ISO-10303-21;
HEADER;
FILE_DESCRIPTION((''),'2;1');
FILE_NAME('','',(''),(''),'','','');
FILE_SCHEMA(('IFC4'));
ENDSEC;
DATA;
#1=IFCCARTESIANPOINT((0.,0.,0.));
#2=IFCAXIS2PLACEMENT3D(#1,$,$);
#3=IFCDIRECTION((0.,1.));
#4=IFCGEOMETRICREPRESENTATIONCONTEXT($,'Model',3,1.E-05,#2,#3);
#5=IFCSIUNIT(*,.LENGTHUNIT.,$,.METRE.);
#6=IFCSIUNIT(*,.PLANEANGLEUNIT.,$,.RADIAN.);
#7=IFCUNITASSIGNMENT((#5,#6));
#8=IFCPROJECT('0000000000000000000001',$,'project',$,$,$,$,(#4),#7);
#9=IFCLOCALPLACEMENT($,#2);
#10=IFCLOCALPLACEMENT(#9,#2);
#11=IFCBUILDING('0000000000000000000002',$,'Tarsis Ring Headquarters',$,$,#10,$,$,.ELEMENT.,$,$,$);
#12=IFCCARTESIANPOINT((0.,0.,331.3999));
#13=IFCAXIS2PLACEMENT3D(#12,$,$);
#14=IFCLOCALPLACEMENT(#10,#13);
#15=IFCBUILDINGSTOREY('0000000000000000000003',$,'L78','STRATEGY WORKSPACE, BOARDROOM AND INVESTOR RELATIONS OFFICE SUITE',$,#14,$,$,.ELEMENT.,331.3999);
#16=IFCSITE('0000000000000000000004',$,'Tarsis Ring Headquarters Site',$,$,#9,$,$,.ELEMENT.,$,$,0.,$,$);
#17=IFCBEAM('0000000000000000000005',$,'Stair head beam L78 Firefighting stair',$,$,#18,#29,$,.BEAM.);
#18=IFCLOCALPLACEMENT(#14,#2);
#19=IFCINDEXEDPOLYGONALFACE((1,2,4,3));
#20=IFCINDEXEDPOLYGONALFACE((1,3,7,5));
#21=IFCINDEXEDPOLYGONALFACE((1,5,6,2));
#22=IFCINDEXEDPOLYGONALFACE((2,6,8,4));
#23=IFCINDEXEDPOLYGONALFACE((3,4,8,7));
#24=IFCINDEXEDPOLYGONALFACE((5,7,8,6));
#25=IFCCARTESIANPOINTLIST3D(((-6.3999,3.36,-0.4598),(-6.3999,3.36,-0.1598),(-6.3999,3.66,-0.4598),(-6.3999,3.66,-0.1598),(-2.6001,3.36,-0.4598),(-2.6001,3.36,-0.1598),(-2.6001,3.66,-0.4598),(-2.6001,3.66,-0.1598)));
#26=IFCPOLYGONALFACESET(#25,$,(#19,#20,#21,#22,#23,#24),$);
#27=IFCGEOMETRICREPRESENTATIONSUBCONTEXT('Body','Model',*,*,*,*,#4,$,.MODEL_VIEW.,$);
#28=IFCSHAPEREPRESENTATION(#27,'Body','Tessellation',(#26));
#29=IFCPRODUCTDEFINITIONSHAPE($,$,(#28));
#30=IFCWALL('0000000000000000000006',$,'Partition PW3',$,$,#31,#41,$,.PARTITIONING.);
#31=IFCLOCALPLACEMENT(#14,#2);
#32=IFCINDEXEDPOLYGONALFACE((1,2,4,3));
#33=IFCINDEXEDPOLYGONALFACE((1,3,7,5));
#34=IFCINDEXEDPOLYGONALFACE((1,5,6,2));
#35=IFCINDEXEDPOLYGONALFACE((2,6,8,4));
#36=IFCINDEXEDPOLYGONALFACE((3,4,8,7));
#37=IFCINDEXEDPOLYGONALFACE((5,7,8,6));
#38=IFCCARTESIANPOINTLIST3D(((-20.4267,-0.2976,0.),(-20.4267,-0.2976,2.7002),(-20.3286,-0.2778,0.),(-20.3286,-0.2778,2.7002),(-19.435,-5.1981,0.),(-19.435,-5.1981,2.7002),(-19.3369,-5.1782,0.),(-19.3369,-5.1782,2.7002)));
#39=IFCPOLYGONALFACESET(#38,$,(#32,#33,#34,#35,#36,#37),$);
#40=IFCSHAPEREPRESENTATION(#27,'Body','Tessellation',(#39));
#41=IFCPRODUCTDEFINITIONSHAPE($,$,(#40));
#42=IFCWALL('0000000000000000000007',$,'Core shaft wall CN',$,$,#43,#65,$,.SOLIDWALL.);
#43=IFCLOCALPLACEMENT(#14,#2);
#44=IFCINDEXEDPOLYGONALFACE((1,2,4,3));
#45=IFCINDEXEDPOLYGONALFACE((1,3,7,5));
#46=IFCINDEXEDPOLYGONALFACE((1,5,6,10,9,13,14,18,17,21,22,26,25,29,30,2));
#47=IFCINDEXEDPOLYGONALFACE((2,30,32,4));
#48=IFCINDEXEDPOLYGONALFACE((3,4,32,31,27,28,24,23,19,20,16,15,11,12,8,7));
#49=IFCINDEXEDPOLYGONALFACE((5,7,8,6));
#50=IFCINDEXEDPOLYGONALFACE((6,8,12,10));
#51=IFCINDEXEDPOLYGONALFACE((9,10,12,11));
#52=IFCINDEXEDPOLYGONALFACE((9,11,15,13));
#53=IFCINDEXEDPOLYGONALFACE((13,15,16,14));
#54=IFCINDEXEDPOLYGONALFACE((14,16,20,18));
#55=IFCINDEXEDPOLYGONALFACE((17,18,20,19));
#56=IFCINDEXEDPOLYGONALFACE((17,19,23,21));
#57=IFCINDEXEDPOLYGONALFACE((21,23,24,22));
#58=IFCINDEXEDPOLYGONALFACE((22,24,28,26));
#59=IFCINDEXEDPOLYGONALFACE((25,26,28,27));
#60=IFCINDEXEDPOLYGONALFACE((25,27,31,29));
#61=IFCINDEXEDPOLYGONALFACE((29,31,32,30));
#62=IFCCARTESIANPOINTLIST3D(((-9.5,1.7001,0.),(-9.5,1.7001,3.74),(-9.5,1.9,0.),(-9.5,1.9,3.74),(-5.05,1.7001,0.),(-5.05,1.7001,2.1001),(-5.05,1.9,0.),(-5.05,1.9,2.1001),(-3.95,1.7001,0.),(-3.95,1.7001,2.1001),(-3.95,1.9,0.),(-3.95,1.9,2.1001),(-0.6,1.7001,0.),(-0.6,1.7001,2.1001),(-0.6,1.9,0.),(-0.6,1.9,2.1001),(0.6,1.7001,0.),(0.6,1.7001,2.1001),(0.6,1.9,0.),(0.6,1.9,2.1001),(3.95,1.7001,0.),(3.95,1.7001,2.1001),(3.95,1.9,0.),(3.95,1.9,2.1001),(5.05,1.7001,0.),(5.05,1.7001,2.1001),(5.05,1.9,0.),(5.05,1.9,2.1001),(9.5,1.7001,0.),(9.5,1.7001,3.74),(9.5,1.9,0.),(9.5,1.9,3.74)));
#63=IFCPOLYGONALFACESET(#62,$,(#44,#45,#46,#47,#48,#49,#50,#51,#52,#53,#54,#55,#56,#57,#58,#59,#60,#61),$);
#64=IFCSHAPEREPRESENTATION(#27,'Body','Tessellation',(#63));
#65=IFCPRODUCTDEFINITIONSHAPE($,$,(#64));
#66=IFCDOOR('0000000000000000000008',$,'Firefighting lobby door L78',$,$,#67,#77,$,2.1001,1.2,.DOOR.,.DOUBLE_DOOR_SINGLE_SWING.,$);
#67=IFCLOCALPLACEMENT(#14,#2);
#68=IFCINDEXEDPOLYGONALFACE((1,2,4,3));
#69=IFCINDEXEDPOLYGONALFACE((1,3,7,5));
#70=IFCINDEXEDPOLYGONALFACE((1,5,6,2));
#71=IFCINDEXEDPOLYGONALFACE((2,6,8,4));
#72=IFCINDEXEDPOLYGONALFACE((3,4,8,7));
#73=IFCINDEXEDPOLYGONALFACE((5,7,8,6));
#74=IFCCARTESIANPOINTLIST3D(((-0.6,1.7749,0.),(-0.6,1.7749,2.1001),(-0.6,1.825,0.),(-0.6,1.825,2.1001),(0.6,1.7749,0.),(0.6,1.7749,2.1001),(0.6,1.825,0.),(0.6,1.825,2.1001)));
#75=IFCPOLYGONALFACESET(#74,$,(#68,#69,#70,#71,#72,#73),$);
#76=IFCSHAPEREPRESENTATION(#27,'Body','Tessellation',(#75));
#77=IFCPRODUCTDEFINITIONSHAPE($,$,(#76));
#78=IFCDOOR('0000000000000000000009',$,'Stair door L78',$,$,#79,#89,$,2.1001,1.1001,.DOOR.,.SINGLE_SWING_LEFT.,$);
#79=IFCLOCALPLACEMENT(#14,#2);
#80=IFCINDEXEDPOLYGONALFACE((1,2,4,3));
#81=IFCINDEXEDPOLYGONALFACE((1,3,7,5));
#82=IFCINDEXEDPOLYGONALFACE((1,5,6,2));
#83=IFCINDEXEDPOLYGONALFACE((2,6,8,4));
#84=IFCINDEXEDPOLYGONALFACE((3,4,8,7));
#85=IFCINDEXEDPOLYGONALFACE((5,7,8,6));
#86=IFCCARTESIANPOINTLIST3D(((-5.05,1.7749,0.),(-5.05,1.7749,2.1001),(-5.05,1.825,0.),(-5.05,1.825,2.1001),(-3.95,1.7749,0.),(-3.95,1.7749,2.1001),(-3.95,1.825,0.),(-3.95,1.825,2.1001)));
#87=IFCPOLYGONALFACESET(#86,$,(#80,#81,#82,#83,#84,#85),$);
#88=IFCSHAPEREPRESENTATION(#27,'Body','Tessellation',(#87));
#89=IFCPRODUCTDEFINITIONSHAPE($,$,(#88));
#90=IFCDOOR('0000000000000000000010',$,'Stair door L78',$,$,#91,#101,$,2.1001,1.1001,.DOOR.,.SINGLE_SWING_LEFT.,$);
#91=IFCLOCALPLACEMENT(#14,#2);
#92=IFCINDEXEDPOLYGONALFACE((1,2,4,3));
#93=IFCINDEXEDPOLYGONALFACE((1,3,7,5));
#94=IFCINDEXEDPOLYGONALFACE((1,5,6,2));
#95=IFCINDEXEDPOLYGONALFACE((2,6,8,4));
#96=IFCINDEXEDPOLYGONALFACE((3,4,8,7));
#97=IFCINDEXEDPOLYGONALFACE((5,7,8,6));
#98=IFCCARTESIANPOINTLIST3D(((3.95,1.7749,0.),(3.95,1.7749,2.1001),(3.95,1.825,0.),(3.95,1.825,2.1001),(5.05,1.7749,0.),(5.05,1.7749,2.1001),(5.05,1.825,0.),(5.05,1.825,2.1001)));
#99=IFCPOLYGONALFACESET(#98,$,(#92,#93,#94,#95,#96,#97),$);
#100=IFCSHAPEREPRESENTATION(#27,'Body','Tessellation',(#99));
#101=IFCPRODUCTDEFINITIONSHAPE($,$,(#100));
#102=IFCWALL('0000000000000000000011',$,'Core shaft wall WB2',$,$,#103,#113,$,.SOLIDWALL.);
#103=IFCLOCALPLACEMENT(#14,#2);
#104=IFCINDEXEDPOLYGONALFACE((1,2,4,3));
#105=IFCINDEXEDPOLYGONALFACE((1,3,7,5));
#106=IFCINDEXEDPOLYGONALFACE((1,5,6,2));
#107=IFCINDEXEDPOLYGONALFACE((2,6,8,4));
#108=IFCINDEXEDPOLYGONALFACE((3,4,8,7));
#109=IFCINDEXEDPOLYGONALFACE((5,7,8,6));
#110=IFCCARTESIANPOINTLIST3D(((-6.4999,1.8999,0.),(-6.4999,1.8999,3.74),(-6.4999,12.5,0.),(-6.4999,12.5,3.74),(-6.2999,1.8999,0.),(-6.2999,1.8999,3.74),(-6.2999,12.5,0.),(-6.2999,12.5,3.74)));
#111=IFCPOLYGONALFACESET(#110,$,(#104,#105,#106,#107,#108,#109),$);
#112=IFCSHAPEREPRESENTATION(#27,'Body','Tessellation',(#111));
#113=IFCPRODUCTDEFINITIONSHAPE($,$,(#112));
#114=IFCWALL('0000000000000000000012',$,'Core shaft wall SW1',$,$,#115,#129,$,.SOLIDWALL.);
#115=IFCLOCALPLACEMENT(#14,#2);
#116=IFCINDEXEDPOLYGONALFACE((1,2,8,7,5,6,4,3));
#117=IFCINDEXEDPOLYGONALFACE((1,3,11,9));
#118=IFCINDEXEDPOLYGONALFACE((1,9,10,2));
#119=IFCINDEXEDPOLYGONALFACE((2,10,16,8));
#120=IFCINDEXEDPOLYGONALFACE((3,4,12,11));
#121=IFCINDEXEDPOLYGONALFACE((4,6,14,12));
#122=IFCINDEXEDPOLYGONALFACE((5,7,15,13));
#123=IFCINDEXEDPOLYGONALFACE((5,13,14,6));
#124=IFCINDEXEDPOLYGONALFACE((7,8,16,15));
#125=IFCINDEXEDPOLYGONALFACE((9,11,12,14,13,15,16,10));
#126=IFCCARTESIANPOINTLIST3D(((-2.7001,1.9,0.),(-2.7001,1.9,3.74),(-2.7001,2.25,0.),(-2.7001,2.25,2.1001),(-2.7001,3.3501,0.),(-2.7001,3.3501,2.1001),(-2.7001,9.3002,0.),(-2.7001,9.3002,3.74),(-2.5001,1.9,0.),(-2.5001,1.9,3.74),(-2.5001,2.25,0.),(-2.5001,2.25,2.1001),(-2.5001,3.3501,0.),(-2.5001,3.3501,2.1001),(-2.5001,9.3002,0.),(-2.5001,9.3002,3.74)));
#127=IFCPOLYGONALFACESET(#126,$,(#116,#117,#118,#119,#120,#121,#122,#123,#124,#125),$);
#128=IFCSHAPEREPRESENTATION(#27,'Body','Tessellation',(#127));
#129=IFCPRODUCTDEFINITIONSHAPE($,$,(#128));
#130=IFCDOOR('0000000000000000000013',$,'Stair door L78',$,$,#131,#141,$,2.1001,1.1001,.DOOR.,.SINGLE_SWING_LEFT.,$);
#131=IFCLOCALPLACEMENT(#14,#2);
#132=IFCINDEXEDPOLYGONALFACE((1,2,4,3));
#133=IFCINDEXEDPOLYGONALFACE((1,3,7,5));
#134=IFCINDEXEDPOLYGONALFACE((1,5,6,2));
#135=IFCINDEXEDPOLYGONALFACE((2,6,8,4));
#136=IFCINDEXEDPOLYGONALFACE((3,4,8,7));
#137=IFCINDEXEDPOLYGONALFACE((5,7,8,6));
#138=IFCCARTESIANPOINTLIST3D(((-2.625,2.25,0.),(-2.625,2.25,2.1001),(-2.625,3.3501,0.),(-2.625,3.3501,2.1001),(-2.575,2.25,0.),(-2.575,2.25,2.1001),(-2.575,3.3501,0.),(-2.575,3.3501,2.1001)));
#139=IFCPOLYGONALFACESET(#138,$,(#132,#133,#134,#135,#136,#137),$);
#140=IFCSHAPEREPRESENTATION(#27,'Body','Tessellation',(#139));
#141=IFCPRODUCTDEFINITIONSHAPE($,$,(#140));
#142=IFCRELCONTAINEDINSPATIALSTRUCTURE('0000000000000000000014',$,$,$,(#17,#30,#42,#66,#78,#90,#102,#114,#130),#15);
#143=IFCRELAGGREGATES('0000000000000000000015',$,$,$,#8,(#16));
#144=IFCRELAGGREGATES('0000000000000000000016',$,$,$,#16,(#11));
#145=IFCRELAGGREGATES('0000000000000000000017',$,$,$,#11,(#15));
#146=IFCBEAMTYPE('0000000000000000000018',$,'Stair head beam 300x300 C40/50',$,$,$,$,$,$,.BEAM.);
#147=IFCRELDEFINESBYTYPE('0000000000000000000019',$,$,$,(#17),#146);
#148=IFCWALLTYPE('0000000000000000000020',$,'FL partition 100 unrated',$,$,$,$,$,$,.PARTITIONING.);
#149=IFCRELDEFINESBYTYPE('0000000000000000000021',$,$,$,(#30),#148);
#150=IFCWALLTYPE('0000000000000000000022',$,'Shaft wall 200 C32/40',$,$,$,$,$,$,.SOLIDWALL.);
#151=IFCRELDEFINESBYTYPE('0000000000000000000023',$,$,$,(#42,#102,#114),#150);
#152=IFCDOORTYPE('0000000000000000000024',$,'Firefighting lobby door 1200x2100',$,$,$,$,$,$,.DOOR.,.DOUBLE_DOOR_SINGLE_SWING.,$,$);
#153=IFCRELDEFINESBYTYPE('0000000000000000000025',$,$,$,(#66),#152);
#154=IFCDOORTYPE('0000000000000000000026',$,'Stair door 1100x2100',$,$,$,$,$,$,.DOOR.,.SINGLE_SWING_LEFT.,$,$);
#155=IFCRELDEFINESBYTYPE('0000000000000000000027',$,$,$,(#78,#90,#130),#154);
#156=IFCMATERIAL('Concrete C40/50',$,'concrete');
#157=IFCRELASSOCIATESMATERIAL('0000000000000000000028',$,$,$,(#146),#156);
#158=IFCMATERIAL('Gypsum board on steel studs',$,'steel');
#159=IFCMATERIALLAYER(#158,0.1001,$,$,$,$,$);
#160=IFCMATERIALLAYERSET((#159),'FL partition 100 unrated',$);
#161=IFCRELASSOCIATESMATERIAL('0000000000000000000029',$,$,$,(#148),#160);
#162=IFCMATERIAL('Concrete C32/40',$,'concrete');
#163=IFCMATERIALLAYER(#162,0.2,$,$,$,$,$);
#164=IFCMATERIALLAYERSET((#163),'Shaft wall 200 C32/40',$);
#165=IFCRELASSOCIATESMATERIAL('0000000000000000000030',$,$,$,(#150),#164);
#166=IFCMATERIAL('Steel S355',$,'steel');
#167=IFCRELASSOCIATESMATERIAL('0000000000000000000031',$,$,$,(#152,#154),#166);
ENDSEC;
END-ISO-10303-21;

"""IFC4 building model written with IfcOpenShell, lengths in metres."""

from ifc_helpers import new_model, si_unit, direction, frame, frame_2d, origin, origin_2d, place, context, subcontext, project, spatial, rectangle, extrude, material, layer, layer_set, material_profile, profile_set, type_object, element, fill, save


model = new_model("IFC4")

# Units and contexts
model_context = context("Model", 3, precision=1e-05, world=origin(), true_north=direction((0.0, 1.0)))
body_context = subcontext(model_context, "Body", "Model", "MODEL_VIEW")
ifc_project = project(units=[si_unit("LENGTHUNIT", "METRE"), si_unit("PLANEANGLEUNIT", "RADIAN")], contexts=[model_context])

# Site, building, storey
site_placement = place(None, origin())
site = spatial("IfcSite", under=ifc_project, at=site_placement, Name="Tarsis Ring Headquarters Site", CompositionType="ELEMENT", RefElevation=0.0)
building_placement = place(site_placement, origin())
building = spatial("IfcBuilding", under=site, at=building_placement, Name="Tarsis Ring Headquarters", CompositionType="ELEMENT")
storey_placement = place(building_placement, frame((0.0, 0.0, 331.3999)))
storey = spatial("IfcBuildingStorey", under=building, at=storey_placement, Name="L78", Description="STRATEGY WORKSPACE, BOARDROOM AND INVESTOR RELATIONS OFFICE SUITE", CompositionType="ELEMENT", Elevation=331.3999)

# Beam
ifc_material_1 = material(Name="Concrete C40/50", Category="concrete")
ifc_material_profile = material_profile(ifc_material_1, rectangle(XDim=0.3, YDim=0.3, at=origin_2d()), Name="Stair head beam 300x300 C40/50")
ifc_profile_set = profile_set([ifc_material_profile], Name="Concrete C40/50")
beam_type = type_object("IfcBeamType", Name="Stair head beam 300x300 C40/50", PredefinedType="BEAM", material=ifc_profile_set)
beam_placement = place(storey_placement, frame((-6.3999, 3.51, -0.3098), z_axis=(1.0, 0.0, 0.0), x_axis=(0.0, 1.0, 0.0)))
element("IfcBeam", 1, at=beam_placement, inside=storey, type_object=beam_type, Name="Stair head beam L78 Firefighting stair", PredefinedType="BEAM", context=body_context, shape_type="SweptSolid", body=[
    extrude(rectangle(XDim=0.3, YDim=0.3, at=origin_2d()), origin(), (0.0, 0.0, 1.0), 3.7998),
])

# Wall
ifc_material_2 = material(Name="Gypsum board on steel studs", Category="steel")
ifc_layer_1 = layer(ifc_material_2, 0.1001)
ifc_layer_set_1 = layer_set([ifc_layer_1], Name="FL partition 100 unrated")
wall_type_1 = type_object("IfcWallType", Name="FL partition 100 unrated", PredefinedType="PARTITIONING", material=ifc_layer_set_1)
wall_1_placement = place(storey_placement, frame((-20.3777, -0.2876, 0.0), z_axis=(0.0, 0.0, 1.0), x_axis=(0.198351, -0.980131, 0.0)))
element("IfcWall", 2, at=wall_1_placement, inside=storey, type_object=wall_type_1, Name="Partition PW3", PredefinedType="PARTITIONING", context=body_context, shape_type="SweptSolid", body=[
    extrude(rectangle(XDim=4.9998, YDim=0.1001, at=frame_2d((2.5, 0.0))), origin(), (0.0, 0.0, 1.0), 2.7002),
])

# Wall, openings, doors
ifc_material_3 = material(Name="Concrete C32/40", Category="concrete")
ifc_layer_2 = layer(ifc_material_3, 0.2)
ifc_layer_set_2 = layer_set([ifc_layer_2], Name="Shaft wall 200 C32/40")
wall_type_2 = type_object("IfcWallType", Name="Shaft wall 200 C32/40", PredefinedType="SOLIDWALL", material=ifc_layer_set_2)
wall_2_placement = place(storey_placement, frame((-9.5, 1.8, 0.0), z_axis=(0.0, 0.0, 1.0), x_axis=(1.0, 0.0, 0.0)))
wall_2 = element("IfcWall", 3, at=wall_2_placement, inside=storey, type_object=wall_type_2, Name="Core shaft wall CN", PredefinedType="SOLIDWALL", context=body_context, shape_type="SweptSolid", body=[
    extrude(rectangle(XDim=19.0, YDim=0.2, at=frame_2d((9.5, 0.0))), origin(), (0.0, 0.0, 1.0), 3.74),
])
opening_1_placement = place(wall_2_placement, frame((4.45, 0.0, 0.0)))
opening_1 = element("IfcOpeningElement", 4, at=opening_1_placement, cuts=wall_2, PredefinedType="OPENING", context=body_context, shape_type="SweptSolid", body=[
    extrude(rectangle(XDim=1.1001, YDim=2.1001, at=frame_2d((0.55, 1.05))), frame((0.0, 0.1099, 0.0), z_axis=(0.0, -1.0, 0.0), x_axis=(1.0, 0.0, 0.0)), (0.0, 0.0, 1.0), 0.22),
])
opening_2_placement = place(wall_2_placement, frame((8.8999, 0.0, 0.0)))
opening_2 = element("IfcOpeningElement", 5, at=opening_2_placement, cuts=wall_2, PredefinedType="OPENING", context=body_context, shape_type="SweptSolid", body=[
    extrude(rectangle(XDim=1.2, YDim=2.1001, at=frame_2d((0.6001, 1.05))), frame((0.0, 0.1099, 0.0), z_axis=(0.0, -1.0, 0.0), x_axis=(1.0, 0.0, 0.0)), (0.0, 0.0, 1.0), 0.22),
])
opening_3_placement = place(wall_2_placement, frame((13.45, 0.0, 0.0)))
opening_3 = element("IfcOpeningElement", 6, at=opening_3_placement, cuts=wall_2, PredefinedType="OPENING", context=body_context, shape_type="SweptSolid", body=[
    extrude(rectangle(XDim=1.1001, YDim=2.1001, at=frame_2d((0.55, 1.05))), frame((0.0, 0.1099, 0.0), z_axis=(0.0, -1.0, 0.0), x_axis=(1.0, 0.0, 0.0)), (0.0, 0.0, 1.0), 0.22),
])
ifc_material_4 = material(Name="Steel S355", Category="steel")
door_type_1 = type_object("IfcDoorType", Name="Firefighting lobby door 1200x2100", OperationType="DOUBLE_DOOR_SINGLE_SWING", PredefinedType="DOOR", material=ifc_material_4)
door_1_placement = place(opening_2_placement, origin())
door_1 = element("IfcDoor", 7, at=door_1_placement, inside=storey, type_object=door_type_1, Name="Firefighting lobby door L78", OperationType="DOUBLE_DOOR_SINGLE_SWING", OverallHeight=2.1001, OverallWidth=1.2, PredefinedType="DOOR", context=body_context, shape_type="SweptSolid", body=[
    extrude(rectangle(XDim=1.2, YDim=2.1001, at=frame_2d((0.6001, 1.05))), frame((0.0, 0.0249, 0.0), z_axis=(0.0, -1.0, 0.0), x_axis=(1.0, 0.0, 0.0)), (0.0, 0.0, 1.0), 0.05),
])
fill(opening_2, door_1)
door_type_2 = type_object("IfcDoorType", Name="Stair door 1100x2100", OperationType="SINGLE_SWING_LEFT", PredefinedType="DOOR", material=ifc_material_4)
door_2_placement = place(opening_1_placement, origin())
door_2 = element("IfcDoor", 8, at=door_2_placement, inside=storey, type_object=door_type_2, Name="Stair door L78", OperationType="SINGLE_SWING_LEFT", OverallHeight=2.1001, OverallWidth=1.1001, PredefinedType="DOOR", context=body_context, shape_type="SweptSolid", body=[
    extrude(rectangle(XDim=1.1001, YDim=2.1001, at=frame_2d((0.55, 1.05))), frame((0.0, 0.0249, 0.0), z_axis=(0.0, -1.0, 0.0), x_axis=(1.0, 0.0, 0.0)), (0.0, 0.0, 1.0), 0.05),
])
fill(opening_1, door_2)
door_3_placement = place(opening_3_placement, origin())
door_3 = element("IfcDoor", 9, at=door_3_placement, inside=storey, type_object=door_type_2, Name="Stair door L78", OperationType="SINGLE_SWING_LEFT", OverallHeight=2.1001, OverallWidth=1.1001, PredefinedType="DOOR", context=body_context, shape_type="SweptSolid", body=[
    extrude(rectangle(XDim=1.1001, YDim=2.1001, at=frame_2d((0.55, 1.05))), frame((0.0, 0.0249, 0.0), z_axis=(0.0, -1.0, 0.0), x_axis=(1.0, 0.0, 0.0)), (0.0, 0.0, 1.0), 0.05),
])
fill(opening_3, door_3)

# Wall
wall_3_placement = place(storey_placement, frame((-6.3999, 1.8999, 0.0), z_axis=(0.0, 0.0, 1.0), x_axis=(0.0, 1.0, 0.0)))
element("IfcWall", 10, at=wall_3_placement, inside=storey, type_object=wall_type_2, Name="Core shaft wall WB2", PredefinedType="SOLIDWALL", context=body_context, shape_type="SweptSolid", body=[
    extrude(rectangle(XDim=10.6001, YDim=0.2, at=frame_2d((5.3, 0.0))), origin(), (0.0, 0.0, 1.0), 3.74),
])

# Wall, opening, door
wall_4_placement = place(storey_placement, frame((-2.6001, 1.8999, 0.0), z_axis=(0.0, 0.0, 1.0), x_axis=(0.0, 1.0, 0.0)))
wall_4 = element("IfcWall", 11, at=wall_4_placement, inside=storey, type_object=wall_type_2, Name="Core shaft wall SW1", PredefinedType="SOLIDWALL", context=body_context, shape_type="SweptSolid", body=[
    extrude(rectangle(XDim=7.4001, YDim=0.2, at=frame_2d((3.7002, 0.0))), origin(), (0.0, 0.0, 1.0), 3.74),
])
opening_4_placement = place(wall_4_placement, frame((0.3501, 0.0, 0.0)))
opening_4 = element("IfcOpeningElement", 12, at=opening_4_placement, cuts=wall_4, PredefinedType="OPENING", context=body_context, shape_type="SweptSolid", body=[
    extrude(rectangle(XDim=1.1001, YDim=2.1001, at=frame_2d((0.55, 1.05))), frame((0.0, 0.1099, 0.0), z_axis=(0.0, -1.0, 0.0), x_axis=(1.0, 0.0, 0.0)), (0.0, 0.0, 1.0), 0.22),
])
door_4_placement = place(opening_4_placement, origin())
door_4 = element("IfcDoor", 13, at=door_4_placement, inside=storey, type_object=door_type_2, Name="Stair door L78", OperationType="SINGLE_SWING_LEFT", OverallHeight=2.1001, OverallWidth=1.1001, PredefinedType="DOOR", context=body_context, shape_type="SweptSolid", body=[
    extrude(rectangle(XDim=1.1001, YDim=2.1001, at=frame_2d((0.55, 1.05))), frame((0.0, 0.0249, 0.0), z_axis=(0.0, -1.0, 0.0), x_axis=(1.0, 0.0, 0.0)), (0.0, 0.0, 1.0), 0.05),
])
fill(opening_4, door_4)

save(model, "model.ifc")
